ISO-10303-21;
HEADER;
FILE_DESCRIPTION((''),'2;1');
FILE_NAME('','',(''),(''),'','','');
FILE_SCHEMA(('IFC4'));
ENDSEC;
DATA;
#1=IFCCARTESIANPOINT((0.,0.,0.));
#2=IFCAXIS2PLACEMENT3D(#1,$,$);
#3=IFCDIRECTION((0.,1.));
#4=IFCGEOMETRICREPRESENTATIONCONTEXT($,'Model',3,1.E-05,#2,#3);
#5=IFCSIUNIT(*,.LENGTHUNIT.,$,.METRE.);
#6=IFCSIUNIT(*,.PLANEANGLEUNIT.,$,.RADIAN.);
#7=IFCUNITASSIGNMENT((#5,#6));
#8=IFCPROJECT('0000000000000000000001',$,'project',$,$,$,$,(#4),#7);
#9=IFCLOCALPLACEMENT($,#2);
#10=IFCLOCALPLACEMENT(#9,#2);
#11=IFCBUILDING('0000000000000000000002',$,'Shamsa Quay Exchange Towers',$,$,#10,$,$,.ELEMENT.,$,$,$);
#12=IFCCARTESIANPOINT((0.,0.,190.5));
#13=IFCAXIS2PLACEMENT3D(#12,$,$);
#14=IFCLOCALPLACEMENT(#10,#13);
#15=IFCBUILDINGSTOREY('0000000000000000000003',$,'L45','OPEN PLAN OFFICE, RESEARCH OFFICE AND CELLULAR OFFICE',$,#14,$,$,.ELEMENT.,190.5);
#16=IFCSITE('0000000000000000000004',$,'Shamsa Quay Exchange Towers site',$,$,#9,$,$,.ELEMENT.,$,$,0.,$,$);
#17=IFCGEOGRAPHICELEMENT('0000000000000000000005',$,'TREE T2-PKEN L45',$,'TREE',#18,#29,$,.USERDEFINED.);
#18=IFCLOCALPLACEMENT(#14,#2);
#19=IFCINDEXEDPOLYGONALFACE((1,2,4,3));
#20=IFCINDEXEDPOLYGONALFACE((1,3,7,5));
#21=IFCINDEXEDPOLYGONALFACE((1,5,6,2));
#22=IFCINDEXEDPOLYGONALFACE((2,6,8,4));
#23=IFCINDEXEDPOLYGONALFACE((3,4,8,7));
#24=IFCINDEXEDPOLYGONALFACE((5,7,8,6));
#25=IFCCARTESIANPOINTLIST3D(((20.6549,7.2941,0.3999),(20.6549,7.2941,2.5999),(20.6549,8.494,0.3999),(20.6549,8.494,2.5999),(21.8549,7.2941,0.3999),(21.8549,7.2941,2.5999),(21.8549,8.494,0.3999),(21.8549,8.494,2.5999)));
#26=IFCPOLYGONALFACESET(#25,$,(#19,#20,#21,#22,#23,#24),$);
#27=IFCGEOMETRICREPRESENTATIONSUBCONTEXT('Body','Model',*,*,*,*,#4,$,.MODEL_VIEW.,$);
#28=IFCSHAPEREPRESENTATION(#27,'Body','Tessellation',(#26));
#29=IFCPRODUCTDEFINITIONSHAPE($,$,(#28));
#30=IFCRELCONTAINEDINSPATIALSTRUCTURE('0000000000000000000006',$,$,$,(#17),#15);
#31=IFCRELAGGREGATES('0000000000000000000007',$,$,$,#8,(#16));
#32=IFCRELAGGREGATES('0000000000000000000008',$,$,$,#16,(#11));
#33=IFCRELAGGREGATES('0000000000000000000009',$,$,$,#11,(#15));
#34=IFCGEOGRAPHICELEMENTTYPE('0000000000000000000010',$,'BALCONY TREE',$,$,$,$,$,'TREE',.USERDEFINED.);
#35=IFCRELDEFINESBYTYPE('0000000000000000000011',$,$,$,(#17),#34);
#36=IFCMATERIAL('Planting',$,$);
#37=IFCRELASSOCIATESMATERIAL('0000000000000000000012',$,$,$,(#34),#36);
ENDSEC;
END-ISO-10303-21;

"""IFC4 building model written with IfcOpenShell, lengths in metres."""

from ifc_helpers import new_model, si_unit, direction, frame, origin, origin_2d, place, context, subcontext, project, spatial, rectangle, extrude, material, type_object, element, save


model = new_model("IFC4")

# Units and contexts
model_context = context("Model", 3, precision=1e-05, world=origin(), true_north=direction((0.0, 1.0)))
body_context = subcontext(model_context, "Body", "Model", "MODEL_VIEW")
ifc_project = project(units=[si_unit("LENGTHUNIT", "METRE"), si_unit("PLANEANGLEUNIT", "RADIAN")], contexts=[model_context])

# Site, building, storey
site_placement = place(None, origin())
site = spatial("IfcSite", under=ifc_project, at=site_placement, Name="Shamsa Quay Exchange Towers site", CompositionType="ELEMENT", RefElevation=0.0)
building_placement = place(site_placement, origin())
building = spatial("IfcBuilding", under=site, at=building_placement, Name="Shamsa Quay Exchange Towers", CompositionType="ELEMENT")
storey_placement = place(building_placement, frame((0.0, 0.0, 190.5)))
storey = spatial("IfcBuildingStorey", under=building, at=storey_placement, Name="L45", Description="OPEN PLAN OFFICE, RESEARCH OFFICE AND CELLULAR OFFICE", CompositionType="ELEMENT", Elevation=190.5)

# Geographic element
ifc_material_1 = material(Name="Planting")
geographic_element_type = type_object("IfcGeographicElementType", Name="BALCONY TREE", ElementType="TREE", PredefinedType="USERDEFINED", material=ifc_material_1)
geographic_element_placement = place(storey_placement, frame((21.2549, 7.894, 0.3999), z_axis=(0.0, 0.0, 1.0), x_axis=(0.0, -1.0, 0.0)))
element("IfcGeographicElement", 1, at=geographic_element_placement, inside=storey, type_object=geographic_element_type, Name="TREE T2-PKEN L45", ObjectType="TREE", PredefinedType="USERDEFINED", context=body_context, shape_type="SweptSolid", body=[
    extrude(rectangle(XDim=1.2, YDim=1.2, at=origin_2d()), origin(), (0.0, 0.0, 1.0), 2.2),
])

save(model, "model.ifc")
